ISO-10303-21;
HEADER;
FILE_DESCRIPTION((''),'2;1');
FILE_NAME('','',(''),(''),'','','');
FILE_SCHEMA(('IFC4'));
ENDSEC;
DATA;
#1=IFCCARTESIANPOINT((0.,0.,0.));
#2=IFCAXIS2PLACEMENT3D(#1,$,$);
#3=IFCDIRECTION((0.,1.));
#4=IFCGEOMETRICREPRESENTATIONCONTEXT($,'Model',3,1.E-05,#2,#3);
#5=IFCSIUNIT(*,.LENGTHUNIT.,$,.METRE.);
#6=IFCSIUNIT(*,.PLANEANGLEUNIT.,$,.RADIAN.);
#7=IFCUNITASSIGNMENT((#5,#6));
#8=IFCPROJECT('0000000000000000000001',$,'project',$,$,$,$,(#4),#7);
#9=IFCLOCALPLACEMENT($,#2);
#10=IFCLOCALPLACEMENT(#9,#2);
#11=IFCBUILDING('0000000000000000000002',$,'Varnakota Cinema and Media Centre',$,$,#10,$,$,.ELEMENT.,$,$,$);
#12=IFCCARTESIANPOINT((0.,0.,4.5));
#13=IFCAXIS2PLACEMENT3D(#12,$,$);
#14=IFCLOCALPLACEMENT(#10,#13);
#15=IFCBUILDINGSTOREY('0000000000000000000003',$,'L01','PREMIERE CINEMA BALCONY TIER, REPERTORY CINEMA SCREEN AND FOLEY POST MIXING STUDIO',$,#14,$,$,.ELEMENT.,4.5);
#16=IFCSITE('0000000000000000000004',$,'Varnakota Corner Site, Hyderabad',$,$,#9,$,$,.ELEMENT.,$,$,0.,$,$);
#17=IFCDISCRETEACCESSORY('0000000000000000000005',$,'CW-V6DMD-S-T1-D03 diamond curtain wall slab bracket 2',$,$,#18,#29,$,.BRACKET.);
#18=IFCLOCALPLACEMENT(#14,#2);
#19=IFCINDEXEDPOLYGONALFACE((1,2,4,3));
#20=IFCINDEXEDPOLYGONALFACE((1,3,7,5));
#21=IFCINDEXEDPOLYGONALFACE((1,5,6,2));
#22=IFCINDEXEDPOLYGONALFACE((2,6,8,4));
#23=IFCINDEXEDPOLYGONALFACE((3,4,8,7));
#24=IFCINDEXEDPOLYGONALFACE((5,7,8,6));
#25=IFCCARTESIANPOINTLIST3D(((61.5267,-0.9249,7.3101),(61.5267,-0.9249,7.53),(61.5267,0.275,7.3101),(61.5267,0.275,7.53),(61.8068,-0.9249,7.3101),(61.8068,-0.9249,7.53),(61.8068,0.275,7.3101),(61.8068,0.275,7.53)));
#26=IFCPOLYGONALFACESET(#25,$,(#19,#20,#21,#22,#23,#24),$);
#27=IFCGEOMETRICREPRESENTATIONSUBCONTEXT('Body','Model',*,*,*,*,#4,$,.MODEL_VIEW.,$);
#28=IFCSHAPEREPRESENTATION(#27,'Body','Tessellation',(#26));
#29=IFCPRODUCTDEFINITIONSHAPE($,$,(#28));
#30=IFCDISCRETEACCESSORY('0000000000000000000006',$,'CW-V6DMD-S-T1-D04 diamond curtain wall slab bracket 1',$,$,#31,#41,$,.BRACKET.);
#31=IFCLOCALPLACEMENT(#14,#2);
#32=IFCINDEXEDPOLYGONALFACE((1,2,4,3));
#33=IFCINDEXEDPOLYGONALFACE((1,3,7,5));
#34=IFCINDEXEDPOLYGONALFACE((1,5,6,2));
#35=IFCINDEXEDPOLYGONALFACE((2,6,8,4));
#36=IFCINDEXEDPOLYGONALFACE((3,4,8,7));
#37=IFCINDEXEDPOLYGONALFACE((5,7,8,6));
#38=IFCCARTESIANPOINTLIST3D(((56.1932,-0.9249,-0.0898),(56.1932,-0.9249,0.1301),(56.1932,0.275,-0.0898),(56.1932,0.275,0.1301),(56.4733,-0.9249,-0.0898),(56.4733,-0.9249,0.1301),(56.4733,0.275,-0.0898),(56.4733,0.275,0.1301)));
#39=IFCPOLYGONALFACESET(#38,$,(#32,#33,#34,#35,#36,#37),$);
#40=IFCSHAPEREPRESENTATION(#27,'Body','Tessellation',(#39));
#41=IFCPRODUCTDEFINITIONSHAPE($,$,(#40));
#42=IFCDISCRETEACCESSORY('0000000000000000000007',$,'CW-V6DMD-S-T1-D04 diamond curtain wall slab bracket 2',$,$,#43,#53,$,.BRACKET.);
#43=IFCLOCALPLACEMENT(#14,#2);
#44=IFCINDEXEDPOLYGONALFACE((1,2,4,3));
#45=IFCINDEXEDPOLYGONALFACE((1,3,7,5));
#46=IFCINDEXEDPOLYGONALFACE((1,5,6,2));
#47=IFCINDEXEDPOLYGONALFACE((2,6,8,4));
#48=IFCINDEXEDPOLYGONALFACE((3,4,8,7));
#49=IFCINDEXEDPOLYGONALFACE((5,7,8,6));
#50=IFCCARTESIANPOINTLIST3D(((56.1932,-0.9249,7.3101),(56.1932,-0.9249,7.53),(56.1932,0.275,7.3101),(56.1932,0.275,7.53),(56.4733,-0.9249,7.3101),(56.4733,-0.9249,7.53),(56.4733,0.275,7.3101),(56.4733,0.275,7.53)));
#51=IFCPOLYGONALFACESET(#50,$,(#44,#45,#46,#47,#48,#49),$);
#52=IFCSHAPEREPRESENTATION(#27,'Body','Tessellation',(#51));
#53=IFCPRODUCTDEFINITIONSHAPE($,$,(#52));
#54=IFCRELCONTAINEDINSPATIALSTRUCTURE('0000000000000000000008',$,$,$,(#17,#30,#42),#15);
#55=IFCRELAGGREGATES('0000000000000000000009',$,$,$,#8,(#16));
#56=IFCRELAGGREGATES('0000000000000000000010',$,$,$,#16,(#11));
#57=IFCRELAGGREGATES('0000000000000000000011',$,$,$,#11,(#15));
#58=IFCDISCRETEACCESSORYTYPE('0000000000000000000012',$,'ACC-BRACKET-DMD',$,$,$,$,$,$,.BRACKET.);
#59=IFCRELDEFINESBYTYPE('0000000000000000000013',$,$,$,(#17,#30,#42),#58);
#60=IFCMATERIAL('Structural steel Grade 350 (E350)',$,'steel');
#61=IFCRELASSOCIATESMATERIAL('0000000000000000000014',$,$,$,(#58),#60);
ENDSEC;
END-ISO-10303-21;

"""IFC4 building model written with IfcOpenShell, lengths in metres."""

from ifc_helpers import new_model, si_unit, direction, frame, origin, origin_2d, place, context, subcontext, project, spatial, rectangle, extrude, material, type_object, element, save


model = new_model("IFC4")

# Units and contexts
model_context = context("Model", 3, precision=1e-05, world=origin(), true_north=direction((0.0, 1.0)))
body_context = subcontext(model_context, "Body", "Model", "MODEL_VIEW")
ifc_project = project(units=[si_unit("LENGTHUNIT", "METRE"), si_unit("PLANEANGLEUNIT", "RADIAN")], contexts=[model_context])

# Site, building, storey
site_placement = place(None, origin())
site = spatial("IfcSite", under=ifc_project, at=site_placement, Name="Varnakota Corner Site, Hyderabad", CompositionType="ELEMENT", RefElevation=0.0)
building_placement = place(site_placement, origin())
building = spatial("IfcBuilding", under=site, at=building_placement, Name="Varnakota Cinema and Media Centre", CompositionType="ELEMENT")
storey_placement = place(building_placement, frame((0.0, 0.0, 4.5)))
storey = spatial("IfcBuildingStorey", under=building, at=storey_placement, Name="L01", Description="PREMIERE CINEMA BALCONY TIER, REPERTORY CINEMA SCREEN AND FOLEY POST MIXING STUDIO", CompositionType="ELEMENT", Elevation=4.5)

# Discrete accessories
ifc_material_1 = material(Name="Structural steel Grade 350 (E350)", Category="steel")
discrete_accessory_type = type_object("IfcDiscreteAccessoryType", Name="ACC-BRACKET-DMD", PredefinedType="BRACKET", material=ifc_material_1)
for number, where, z_axis, x_axis, name in (
    (1, (61.6667, -0.325, 7.3101), (0.0, 0.0, 1.0), (-1.0, 0.0, 0.0), "CW-V6DMD-S-T1-D03 diamond curtain wall slab bracket 2"),
    (2, (56.3333, -0.325, -0.0898), (0.0, 0.0, 1.0), (-1.0, 0.0, 0.0), "CW-V6DMD-S-T1-D04 diamond curtain wall slab bracket 1"),
    (3, (56.3333, -0.325, 7.3101), (0.0, 0.0, 1.0), (-1.0, 0.0, 0.0), "CW-V6DMD-S-T1-D04 diamond curtain wall slab bracket 2"),
):
    element("IfcDiscreteAccessory", number, at=place(storey_placement, frame(where, z_axis=z_axis, x_axis=x_axis)), inside=storey, type_object=discrete_accessory_type, Name=name, PredefinedType="BRACKET", context=body_context, shape_type="SweptSolid", body=[
        extrude(rectangle(XDim=0.28, YDim=1.2, at=origin_2d()), origin(), (0.0, 0.0, 1.0), 0.22),
    ])

save(model, "model.ifc")
